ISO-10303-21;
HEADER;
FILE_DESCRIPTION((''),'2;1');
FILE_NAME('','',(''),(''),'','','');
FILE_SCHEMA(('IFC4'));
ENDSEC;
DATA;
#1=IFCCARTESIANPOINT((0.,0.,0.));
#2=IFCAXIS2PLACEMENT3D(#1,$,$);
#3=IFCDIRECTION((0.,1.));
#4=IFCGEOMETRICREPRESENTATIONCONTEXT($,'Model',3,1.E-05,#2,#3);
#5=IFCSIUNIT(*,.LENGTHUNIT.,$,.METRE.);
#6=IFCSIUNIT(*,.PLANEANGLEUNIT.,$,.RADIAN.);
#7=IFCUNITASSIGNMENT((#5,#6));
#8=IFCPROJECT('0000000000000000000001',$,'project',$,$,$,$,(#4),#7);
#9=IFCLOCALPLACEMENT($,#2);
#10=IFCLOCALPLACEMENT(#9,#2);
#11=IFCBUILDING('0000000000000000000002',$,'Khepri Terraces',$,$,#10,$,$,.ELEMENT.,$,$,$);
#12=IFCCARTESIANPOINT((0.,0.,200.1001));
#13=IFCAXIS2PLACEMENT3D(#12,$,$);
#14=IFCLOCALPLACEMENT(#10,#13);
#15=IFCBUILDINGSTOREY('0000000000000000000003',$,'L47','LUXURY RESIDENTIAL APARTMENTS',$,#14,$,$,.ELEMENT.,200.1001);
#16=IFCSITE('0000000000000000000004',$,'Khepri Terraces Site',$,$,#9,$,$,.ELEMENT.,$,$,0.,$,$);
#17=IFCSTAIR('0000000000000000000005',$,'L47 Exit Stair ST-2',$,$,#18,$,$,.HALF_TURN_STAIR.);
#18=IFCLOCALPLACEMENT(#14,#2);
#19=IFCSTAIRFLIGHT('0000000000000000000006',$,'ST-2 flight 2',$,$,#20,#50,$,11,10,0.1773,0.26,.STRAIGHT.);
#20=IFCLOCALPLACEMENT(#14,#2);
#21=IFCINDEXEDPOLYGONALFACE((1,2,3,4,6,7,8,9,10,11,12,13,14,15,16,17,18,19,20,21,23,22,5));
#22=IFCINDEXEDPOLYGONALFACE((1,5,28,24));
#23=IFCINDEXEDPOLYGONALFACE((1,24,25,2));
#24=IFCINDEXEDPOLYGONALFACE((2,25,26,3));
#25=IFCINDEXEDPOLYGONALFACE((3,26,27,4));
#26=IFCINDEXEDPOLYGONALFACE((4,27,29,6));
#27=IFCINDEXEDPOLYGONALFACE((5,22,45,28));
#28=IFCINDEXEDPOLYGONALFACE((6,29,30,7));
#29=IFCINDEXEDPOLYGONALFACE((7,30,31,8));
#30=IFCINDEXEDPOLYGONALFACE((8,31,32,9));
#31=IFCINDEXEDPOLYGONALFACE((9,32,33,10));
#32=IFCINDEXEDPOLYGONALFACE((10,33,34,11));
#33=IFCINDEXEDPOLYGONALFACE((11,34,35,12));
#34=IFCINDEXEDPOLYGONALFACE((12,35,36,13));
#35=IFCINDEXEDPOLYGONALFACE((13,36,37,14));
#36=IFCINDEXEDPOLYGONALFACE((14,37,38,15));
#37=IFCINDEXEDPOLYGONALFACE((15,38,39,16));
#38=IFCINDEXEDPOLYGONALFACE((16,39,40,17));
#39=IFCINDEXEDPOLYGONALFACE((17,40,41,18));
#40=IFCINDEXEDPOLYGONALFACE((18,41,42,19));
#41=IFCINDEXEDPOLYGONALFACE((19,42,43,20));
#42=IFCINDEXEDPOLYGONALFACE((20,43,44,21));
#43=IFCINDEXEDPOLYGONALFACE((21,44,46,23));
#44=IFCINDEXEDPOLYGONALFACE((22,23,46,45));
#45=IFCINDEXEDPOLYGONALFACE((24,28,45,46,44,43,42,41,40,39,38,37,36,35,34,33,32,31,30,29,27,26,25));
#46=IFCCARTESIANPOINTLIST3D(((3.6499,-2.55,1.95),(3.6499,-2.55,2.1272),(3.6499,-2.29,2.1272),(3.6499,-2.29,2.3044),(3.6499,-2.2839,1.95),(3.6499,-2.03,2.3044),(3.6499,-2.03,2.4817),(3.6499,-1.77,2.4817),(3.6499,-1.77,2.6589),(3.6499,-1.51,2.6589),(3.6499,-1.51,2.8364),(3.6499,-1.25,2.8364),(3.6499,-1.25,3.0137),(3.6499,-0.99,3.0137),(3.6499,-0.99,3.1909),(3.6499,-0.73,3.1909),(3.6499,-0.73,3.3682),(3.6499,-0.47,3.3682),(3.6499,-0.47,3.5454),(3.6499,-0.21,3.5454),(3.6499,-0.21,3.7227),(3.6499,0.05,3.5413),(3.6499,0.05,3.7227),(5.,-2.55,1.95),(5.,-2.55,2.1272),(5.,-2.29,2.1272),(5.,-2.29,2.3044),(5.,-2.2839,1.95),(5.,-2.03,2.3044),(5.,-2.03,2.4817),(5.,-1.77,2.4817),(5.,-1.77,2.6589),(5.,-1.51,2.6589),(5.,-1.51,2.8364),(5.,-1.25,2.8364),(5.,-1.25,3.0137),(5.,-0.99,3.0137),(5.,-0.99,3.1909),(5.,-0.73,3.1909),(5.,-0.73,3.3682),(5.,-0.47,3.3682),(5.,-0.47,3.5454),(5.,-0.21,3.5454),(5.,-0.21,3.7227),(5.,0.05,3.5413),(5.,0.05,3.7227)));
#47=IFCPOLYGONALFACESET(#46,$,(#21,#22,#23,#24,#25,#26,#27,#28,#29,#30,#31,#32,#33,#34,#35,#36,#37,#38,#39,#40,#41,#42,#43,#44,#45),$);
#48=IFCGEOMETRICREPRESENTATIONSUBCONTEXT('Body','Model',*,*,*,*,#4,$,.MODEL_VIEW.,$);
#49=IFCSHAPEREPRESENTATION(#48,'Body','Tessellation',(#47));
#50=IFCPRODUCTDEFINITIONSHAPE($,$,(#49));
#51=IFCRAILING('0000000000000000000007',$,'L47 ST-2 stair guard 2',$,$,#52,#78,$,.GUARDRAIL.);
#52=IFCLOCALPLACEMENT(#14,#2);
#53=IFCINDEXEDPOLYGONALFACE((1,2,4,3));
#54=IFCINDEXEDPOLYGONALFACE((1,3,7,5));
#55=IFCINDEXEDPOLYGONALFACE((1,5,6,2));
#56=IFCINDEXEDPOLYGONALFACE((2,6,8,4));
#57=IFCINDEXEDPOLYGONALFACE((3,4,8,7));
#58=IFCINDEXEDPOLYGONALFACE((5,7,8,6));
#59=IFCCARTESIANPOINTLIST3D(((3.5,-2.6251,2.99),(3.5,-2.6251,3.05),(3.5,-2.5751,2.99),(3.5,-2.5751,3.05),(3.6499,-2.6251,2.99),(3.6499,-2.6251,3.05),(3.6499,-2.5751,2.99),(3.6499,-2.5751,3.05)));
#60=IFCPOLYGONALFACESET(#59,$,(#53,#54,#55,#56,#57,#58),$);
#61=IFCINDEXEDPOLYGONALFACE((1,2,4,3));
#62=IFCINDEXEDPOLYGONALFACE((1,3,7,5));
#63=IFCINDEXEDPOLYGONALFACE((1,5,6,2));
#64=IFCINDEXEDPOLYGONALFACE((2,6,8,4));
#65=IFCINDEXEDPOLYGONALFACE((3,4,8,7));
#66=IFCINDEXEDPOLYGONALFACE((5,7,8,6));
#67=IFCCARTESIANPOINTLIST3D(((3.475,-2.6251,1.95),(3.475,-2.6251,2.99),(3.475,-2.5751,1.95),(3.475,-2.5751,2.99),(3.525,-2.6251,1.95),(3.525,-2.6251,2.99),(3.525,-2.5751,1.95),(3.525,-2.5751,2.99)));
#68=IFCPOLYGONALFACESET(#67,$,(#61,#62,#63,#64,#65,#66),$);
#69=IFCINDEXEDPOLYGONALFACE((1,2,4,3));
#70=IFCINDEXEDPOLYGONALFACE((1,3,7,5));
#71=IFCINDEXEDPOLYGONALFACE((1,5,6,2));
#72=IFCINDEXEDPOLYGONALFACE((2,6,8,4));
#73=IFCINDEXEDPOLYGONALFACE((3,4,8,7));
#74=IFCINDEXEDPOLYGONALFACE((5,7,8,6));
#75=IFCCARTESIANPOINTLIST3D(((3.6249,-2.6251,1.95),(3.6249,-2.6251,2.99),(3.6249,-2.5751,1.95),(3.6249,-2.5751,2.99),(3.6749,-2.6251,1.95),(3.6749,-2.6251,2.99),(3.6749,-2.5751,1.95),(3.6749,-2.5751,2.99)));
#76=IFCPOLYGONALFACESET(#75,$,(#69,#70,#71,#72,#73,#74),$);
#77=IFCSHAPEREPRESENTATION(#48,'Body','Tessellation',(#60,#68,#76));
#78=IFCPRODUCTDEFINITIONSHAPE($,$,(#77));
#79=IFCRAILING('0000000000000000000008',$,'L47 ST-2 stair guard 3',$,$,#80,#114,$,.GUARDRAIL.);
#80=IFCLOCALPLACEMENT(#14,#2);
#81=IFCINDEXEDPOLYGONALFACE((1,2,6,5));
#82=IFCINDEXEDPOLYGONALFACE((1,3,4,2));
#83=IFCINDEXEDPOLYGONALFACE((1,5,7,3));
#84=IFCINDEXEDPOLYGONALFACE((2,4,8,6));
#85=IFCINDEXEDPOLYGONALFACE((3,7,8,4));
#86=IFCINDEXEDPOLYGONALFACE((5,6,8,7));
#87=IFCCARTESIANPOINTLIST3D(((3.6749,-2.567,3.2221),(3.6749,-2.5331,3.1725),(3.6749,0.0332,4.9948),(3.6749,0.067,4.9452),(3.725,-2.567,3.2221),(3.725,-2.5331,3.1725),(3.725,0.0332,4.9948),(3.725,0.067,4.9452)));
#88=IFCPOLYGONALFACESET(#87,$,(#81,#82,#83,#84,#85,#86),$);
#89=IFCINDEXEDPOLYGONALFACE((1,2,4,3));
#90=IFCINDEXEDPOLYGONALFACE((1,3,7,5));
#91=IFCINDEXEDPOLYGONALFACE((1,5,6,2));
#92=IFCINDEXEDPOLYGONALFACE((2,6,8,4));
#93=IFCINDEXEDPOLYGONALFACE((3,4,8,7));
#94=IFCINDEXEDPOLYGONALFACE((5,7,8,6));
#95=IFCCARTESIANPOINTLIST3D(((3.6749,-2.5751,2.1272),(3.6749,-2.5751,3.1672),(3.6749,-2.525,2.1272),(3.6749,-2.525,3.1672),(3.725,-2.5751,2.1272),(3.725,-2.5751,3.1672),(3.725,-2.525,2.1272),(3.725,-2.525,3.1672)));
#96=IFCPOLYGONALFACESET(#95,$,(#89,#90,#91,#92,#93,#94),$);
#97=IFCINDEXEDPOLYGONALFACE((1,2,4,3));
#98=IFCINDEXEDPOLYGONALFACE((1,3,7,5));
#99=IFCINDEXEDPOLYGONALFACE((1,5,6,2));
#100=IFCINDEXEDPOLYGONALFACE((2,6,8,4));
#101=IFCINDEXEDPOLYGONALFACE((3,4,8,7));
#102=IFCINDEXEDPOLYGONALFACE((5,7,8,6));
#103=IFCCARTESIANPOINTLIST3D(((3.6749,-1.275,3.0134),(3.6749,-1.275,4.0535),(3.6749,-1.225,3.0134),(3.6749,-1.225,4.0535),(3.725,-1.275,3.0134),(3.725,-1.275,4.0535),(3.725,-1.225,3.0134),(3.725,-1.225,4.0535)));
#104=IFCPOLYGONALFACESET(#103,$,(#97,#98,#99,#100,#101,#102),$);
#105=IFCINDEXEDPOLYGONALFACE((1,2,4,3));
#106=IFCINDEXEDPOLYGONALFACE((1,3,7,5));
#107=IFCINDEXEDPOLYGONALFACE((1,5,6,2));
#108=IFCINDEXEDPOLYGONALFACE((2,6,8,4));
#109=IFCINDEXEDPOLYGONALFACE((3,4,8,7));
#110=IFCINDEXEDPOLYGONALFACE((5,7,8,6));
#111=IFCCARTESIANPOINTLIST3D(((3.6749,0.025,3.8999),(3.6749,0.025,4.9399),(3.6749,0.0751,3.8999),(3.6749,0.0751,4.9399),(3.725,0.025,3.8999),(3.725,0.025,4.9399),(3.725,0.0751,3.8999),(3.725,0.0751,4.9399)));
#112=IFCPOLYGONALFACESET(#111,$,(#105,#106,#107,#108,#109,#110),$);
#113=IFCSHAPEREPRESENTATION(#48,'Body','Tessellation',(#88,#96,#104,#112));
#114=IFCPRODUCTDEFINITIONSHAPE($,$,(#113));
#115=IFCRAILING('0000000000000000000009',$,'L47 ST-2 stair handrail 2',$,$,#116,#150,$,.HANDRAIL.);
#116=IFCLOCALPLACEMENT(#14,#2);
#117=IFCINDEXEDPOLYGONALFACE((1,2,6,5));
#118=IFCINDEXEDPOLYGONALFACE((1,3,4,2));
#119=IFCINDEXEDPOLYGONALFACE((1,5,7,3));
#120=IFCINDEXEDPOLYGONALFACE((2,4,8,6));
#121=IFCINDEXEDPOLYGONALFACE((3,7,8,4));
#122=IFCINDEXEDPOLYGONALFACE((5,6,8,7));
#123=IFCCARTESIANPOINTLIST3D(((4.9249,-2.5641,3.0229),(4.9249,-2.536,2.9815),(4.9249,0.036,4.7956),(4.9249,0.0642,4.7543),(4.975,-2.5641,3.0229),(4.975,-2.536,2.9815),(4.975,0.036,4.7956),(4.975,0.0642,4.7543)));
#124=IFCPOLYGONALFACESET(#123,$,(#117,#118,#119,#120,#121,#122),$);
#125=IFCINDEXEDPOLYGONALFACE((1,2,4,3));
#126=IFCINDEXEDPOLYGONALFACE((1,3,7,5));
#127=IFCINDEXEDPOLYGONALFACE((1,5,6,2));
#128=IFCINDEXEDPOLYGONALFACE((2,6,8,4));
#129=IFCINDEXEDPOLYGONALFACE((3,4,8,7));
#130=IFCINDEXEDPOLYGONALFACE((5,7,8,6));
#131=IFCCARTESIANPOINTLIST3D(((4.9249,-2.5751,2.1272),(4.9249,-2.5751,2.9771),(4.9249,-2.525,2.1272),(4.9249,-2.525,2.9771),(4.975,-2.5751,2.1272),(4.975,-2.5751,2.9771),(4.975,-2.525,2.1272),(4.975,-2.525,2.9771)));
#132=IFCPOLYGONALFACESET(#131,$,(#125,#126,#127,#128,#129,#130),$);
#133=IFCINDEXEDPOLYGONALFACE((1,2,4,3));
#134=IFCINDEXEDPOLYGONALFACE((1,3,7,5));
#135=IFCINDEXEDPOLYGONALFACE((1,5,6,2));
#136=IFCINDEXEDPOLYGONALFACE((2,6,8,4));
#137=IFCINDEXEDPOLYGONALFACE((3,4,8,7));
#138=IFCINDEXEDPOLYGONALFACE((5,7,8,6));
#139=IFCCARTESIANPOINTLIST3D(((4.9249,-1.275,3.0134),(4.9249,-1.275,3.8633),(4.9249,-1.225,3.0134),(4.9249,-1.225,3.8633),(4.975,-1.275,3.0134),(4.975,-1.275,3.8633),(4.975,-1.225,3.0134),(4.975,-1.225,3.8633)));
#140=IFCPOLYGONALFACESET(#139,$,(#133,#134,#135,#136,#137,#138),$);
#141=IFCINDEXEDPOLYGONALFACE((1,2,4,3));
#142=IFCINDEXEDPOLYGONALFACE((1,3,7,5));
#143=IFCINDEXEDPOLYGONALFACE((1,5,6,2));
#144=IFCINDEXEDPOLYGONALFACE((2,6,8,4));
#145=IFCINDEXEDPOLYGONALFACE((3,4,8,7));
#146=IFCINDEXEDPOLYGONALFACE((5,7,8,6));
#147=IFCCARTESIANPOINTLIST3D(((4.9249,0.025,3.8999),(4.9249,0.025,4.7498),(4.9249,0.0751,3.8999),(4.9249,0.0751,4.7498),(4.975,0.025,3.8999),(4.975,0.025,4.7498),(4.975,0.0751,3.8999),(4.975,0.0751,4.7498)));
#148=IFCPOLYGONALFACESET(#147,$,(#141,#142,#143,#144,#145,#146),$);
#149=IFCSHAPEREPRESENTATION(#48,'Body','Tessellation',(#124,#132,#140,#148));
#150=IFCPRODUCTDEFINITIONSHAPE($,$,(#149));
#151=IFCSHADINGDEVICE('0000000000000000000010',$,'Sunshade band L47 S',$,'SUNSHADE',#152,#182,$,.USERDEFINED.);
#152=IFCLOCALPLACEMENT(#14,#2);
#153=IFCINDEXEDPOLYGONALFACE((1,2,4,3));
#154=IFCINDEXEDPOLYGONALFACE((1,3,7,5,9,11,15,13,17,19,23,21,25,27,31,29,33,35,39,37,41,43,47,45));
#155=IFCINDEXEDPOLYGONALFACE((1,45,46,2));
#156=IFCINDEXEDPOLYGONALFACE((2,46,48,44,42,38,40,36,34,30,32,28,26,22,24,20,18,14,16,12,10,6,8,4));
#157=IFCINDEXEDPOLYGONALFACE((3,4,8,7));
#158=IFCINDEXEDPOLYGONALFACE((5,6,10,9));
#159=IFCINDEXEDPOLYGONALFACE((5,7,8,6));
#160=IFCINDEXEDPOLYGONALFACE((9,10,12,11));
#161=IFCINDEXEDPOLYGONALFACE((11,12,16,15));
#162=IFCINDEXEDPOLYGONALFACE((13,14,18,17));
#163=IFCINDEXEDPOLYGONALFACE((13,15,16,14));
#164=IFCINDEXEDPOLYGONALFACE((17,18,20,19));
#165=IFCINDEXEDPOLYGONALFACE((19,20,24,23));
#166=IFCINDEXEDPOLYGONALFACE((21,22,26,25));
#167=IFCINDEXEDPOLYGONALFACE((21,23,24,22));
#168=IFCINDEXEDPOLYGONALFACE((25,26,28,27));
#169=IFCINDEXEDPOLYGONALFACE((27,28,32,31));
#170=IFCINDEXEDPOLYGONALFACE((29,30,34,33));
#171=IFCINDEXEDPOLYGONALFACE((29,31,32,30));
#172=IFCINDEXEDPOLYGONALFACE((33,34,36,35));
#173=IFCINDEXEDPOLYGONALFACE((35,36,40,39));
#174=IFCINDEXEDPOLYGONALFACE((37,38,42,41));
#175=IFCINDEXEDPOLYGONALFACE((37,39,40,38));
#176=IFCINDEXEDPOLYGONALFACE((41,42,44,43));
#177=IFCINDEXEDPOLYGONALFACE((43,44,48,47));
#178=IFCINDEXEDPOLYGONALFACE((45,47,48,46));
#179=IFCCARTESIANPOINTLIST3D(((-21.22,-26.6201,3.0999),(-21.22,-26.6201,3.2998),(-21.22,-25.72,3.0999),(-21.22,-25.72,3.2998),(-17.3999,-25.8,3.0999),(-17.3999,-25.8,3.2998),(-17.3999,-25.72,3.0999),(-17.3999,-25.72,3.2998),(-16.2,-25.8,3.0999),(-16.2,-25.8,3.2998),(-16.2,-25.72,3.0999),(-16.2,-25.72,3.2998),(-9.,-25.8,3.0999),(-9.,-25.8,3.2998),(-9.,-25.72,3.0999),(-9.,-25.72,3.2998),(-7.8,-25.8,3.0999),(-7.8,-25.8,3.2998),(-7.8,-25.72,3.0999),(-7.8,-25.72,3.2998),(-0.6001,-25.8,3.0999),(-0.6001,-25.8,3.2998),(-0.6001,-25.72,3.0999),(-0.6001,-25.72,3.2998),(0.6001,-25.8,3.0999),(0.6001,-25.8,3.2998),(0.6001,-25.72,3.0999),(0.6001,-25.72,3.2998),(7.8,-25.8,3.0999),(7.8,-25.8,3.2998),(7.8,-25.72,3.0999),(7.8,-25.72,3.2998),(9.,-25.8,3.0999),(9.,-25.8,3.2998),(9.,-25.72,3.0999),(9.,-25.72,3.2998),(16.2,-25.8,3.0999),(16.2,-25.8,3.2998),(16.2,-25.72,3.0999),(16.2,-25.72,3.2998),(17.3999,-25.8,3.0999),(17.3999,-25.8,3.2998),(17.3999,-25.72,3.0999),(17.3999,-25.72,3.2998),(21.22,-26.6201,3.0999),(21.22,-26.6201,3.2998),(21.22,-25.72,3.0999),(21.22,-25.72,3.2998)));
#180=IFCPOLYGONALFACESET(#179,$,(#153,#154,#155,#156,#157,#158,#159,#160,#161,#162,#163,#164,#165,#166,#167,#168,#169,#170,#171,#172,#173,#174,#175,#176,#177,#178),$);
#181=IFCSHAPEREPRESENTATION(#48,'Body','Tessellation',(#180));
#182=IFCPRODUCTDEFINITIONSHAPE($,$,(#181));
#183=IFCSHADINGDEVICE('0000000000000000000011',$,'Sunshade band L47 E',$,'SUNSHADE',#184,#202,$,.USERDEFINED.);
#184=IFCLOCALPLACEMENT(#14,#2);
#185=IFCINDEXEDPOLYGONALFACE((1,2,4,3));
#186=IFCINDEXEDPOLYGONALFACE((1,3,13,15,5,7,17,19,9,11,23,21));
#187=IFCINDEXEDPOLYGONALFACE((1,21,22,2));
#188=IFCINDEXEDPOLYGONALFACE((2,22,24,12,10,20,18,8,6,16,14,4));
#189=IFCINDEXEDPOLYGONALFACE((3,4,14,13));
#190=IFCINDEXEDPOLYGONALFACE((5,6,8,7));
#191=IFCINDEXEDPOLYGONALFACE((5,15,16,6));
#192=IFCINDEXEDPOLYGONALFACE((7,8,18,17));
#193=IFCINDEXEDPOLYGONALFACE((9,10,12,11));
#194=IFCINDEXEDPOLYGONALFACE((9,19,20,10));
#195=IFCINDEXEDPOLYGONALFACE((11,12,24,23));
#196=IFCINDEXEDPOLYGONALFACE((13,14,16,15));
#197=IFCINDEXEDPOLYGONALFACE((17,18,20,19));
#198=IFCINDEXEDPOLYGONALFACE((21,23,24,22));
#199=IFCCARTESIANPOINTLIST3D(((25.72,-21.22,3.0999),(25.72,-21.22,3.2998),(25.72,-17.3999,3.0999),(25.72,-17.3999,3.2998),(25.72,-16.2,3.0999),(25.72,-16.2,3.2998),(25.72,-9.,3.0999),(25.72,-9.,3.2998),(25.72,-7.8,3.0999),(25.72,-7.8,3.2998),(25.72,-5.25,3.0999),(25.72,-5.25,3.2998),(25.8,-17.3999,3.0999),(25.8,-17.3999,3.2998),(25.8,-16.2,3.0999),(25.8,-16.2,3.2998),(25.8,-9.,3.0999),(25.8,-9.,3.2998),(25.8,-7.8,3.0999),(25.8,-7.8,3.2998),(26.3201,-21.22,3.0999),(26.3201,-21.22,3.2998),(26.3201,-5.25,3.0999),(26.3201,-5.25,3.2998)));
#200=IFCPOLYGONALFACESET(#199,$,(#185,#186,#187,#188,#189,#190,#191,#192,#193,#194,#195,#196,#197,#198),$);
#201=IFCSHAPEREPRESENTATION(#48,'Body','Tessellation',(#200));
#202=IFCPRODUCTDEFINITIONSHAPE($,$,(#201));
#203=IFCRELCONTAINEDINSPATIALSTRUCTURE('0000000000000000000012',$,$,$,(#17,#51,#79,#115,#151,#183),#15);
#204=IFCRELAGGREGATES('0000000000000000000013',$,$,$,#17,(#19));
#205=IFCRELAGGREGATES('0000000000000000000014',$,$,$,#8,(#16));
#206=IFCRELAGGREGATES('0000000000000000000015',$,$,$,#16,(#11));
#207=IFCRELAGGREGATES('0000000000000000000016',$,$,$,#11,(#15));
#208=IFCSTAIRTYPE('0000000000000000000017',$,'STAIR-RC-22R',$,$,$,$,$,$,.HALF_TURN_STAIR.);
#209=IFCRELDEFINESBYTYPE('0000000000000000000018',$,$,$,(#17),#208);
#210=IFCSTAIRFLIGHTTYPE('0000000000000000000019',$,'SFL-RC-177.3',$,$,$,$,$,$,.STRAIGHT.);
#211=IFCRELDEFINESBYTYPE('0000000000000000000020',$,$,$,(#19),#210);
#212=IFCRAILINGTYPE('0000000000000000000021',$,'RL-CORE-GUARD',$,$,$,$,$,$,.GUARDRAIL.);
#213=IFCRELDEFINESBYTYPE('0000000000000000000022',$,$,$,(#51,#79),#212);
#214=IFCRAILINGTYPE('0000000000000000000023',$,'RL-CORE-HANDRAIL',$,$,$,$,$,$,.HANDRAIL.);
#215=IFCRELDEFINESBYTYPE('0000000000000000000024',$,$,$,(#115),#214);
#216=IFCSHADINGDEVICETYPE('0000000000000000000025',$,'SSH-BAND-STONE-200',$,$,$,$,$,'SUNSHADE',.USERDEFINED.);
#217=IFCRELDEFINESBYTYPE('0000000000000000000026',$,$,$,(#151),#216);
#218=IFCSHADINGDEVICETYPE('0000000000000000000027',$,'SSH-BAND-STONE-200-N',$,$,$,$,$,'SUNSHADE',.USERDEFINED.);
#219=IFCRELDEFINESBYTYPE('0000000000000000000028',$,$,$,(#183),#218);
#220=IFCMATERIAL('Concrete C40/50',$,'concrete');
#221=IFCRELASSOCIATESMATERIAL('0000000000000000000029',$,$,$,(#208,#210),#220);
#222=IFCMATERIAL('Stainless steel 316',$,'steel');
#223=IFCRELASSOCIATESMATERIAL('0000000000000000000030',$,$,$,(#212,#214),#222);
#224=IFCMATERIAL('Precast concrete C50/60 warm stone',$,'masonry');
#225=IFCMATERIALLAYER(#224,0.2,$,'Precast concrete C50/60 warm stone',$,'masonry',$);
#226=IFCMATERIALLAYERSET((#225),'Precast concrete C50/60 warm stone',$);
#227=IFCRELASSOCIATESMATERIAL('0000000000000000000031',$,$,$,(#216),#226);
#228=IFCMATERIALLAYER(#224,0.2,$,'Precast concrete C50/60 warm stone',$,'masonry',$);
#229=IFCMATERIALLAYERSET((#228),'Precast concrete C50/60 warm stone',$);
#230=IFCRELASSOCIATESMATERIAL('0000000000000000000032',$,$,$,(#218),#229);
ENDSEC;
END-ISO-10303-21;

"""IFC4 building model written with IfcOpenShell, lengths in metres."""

from ifc_helpers import new_model, si_unit, direction, frame, origin, origin_2d, place, context, subcontext, project, spatial, polyline, rectangle, outline, extrude, material, layer, layer_set, type_object, element, aggregate, save


model = new_model("IFC4")

# Units and contexts
model_context = context("Model", 3, precision=1e-05, world=origin(), true_north=direction((0.0, 1.0)))
body_context = subcontext(model_context, "Body", "Model", "MODEL_VIEW")
ifc_project = project(units=[si_unit("LENGTHUNIT", "METRE"), si_unit("PLANEANGLEUNIT", "RADIAN")], contexts=[model_context])

# Site, building, storey
site_placement = place(None, origin())
site = spatial("IfcSite", under=ifc_project, at=site_placement, Name="Khepri Terraces Site", CompositionType="ELEMENT", RefElevation=0.0)
building_placement = place(site_placement, origin())
building = spatial("IfcBuilding", under=site, at=building_placement, Name="Khepri Terraces", CompositionType="ELEMENT")
storey_placement = place(building_placement, frame((0.0, 0.0, 200.1001)))
storey = spatial("IfcBuildingStorey", under=building, at=storey_placement, Name="L47", Description="LUXURY RESIDENTIAL APARTMENTS", CompositionType="ELEMENT", Elevation=200.1001)

# Shared definitions
ifc_material_1 = material(Name="Precast concrete C50/60 warm stone", Category="masonry")

# Stair, stair flight
ifc_material_2 = material(Name="Concrete C40/50", Category="concrete")
stair_type = type_object("IfcStairType", Name="STAIR-RC-22R", PredefinedType="HALF_TURN_STAIR", material=ifc_material_2)
stair_placement = place(storey_placement, origin())
stair = element("IfcStair", 1, at=stair_placement, inside=storey, type_object=stair_type, Name="L47 Exit Stair ST-2", PredefinedType="HALF_TURN_STAIR")
stair_flight_type = type_object("IfcStairFlightType", Name="SFL-RC-177.3", PredefinedType="STRAIGHT", material=ifc_material_2)
stair_flight_placement = place(storey_placement, frame((4.325, -2.55, 1.95), z_axis=(0.0, 0.0, 1.0), x_axis=(0.0, 1.0, 0.0)))
stair_flight = element("IfcStairFlight", 2, at=stair_flight_placement, type_object=stair_flight_type, Name="ST-2 flight 2", NumberOfRisers=11, NumberOfTreads=10, PredefinedType="STRAIGHT", RiserHeight=0.1773, TreadLength=0.26, context=body_context, shape_type="SweptSolid", body=[
    extrude(outline(polyline([(0.0, 0.0), (0.0, 0.1772), (0.26, 0.1772), (0.26, 0.3545), (0.52, 0.3545), (0.52, 0.5317), (0.78, 0.5317), (0.78, 0.709), (1.04, 0.709), (1.04, 0.8865), (1.3, 0.8865), (1.3, 1.0637), (1.5601, 1.0637), (1.5601, 1.241), (1.8201, 1.241), (1.8201, 1.4182), (2.0801, 1.4182), (2.0801, 1.5955), (2.3401, 1.5955), (2.3401, 1.7727), (2.6001, 1.7727), (2.6001, 1.95), (2.6001, 1.5913), (0.2661, 0.0), (0.0, 0.0)])), frame((0.0, 0.675, 0.0), z_axis=(0.0, -1.0, 0.0), x_axis=(1.0, 0.0, 0.0)), (0.0, 0.0, 1.0), 1.3501),
])
aggregate(stair, [stair_flight])

# Railings
ifc_material_3 = material(Name="Stainless steel 316", Category="steel")
railing_type_1 = type_object("IfcRailingType", Name="RL-CORE-GUARD", PredefinedType="GUARDRAIL", material=ifc_material_3)
railing_1_placement = place(storey_placement, frame((3.5, -2.6001, 1.95)))
element("IfcRailing", 3, at=railing_1_placement, inside=storey, type_object=railing_type_1, Name="L47 ST-2 stair guard 2", PredefinedType="GUARDRAIL", context=body_context, shape_type="SweptSolid", body=[
    extrude(rectangle(XDim=0.05, YDim=0.0601, at=origin_2d()), frame((0.0, 0.0, 1.0701), z_axis=(1.0, 0.0, 0.0), x_axis=(0.0, 1.0, 0.0)), (0.0, 0.0, 1.0), 0.1499),
    extrude(rectangle(XDim=0.05, YDim=0.05, at=origin_2d()), origin(), (0.0, 0.0, 1.0), 1.04),
    extrude(rectangle(XDim=0.05, YDim=0.05, at=origin_2d()), frame((0.1499, 0.0, 0.0)), (0.0, 0.0, 1.0), 1.04),
])
railing_2_placement = place(storey_placement, frame((3.7, -2.55, 2.1272)))
element("IfcRailing", 4, at=railing_2_placement, inside=storey, type_object=railing_type_1, Name="L47 ST-2 stair guard 3", PredefinedType="GUARDRAIL", context=body_context, shape_type="SweptSolid", body=[
    extrude(rectangle(XDim=0.05, YDim=0.0601, at=origin_2d()), frame((0.0, 0.0, 1.0701), z_axis=(0.0, 0.82624, 0.563318), x_axis=(-1.0, 0.0, 0.0)), (0.0, 0.0, 1.0), 3.147),
    extrude(rectangle(XDim=0.05, YDim=0.05, at=origin_2d()), origin(), (0.0, 0.0, 1.0), 1.04),
    extrude(rectangle(XDim=0.05, YDim=0.05, at=origin_2d()), frame((0.0, 1.3, 0.8862)), (0.0, 0.0, 1.0), 1.04),
    extrude(rectangle(XDim=0.05, YDim=0.05, at=origin_2d()), frame((0.0, 2.6001, 1.7727)), (0.0, 0.0, 1.0), 1.04),
])
railing_type_2 = type_object("IfcRailingType", Name="RL-CORE-HANDRAIL", PredefinedType="HANDRAIL", material=ifc_material_3)
railing_3_placement = place(storey_placement, frame((4.95, -2.55, 2.1272)))
element("IfcRailing", 5, at=railing_3_placement, inside=storey, type_object=railing_type_2, Name="L47 ST-2 stair handrail 2", PredefinedType="HANDRAIL", context=body_context, shape_type="SweptSolid", body=[
    extrude(rectangle(XDim=0.05, YDim=0.05, at=origin_2d()), frame((0.0, 0.0, 0.875), z_axis=(0.0, 0.82624, 0.563318), x_axis=(-1.0, 0.0, 0.0)), (0.0, 0.0, 1.0), 3.147),
    extrude(rectangle(XDim=0.05, YDim=0.05, at=origin_2d()), origin(), (0.0, 0.0, 1.0), 0.8499),
    extrude(rectangle(XDim=0.05, YDim=0.05, at=origin_2d()), frame((0.0, 1.3, 0.8862)), (0.0, 0.0, 1.0), 0.8499),
    extrude(rectangle(XDim=0.05, YDim=0.05, at=origin_2d()), frame((0.0, 2.6001, 1.7727)), (0.0, 0.0, 1.0), 0.8499),
])

# Shading devices
ifc_layer_1 = layer(ifc_material_1, 0.2, Name="Precast concrete C50/60 warm stone", Category="masonry")
ifc_layer_set_1 = layer_set([ifc_layer_1], Name="Precast concrete C50/60 warm stone")
shading_device_type_1 = type_object("IfcShadingDeviceType", Name="SSH-BAND-STONE-200", ElementType="SUNSHADE", PredefinedType="USERDEFINED", material=ifc_layer_set_1)
shading_device_1_placement = place(storey_placement, frame((0.0, 0.0, 3.0999)))
element("IfcShadingDevice", 6, at=shading_device_1_placement, inside=storey, type_object=shading_device_type_1, Name="Sunshade band L47 S", ObjectType="SUNSHADE", PredefinedType="USERDEFINED", context=body_context, shape_type="SweptSolid", body=[
    extrude(outline(polyline([(-17.3999, -25.72), (-21.22, -25.72), (-21.22, -26.6201), (21.22, -26.6201), (21.22, -25.72), (17.3999, -25.72), (17.3999, -25.8), (16.2, -25.8), (16.2, -25.72), (9.0, -25.72), (9.0, -25.8), (7.8, -25.8), (7.8, -25.72), (0.6001, -25.72), (0.6001, -25.8), (-0.6001, -25.8), (-0.6001, -25.72), (-7.8, -25.72), (-7.8, -25.8), (-9.0, -25.8), (-9.0, -25.72), (-16.2, -25.72), (-16.2, -25.8), (-17.3999, -25.8), (-17.3999, -25.72)])), origin(), (0.0, 0.0, 1.0), 0.2),
])
ifc_layer_2 = layer(ifc_material_1, 0.2, Name="Precast concrete C50/60 warm stone", Category="masonry")
ifc_layer_set_2 = layer_set([ifc_layer_2], Name="Precast concrete C50/60 warm stone")
shading_device_type_2 = type_object("IfcShadingDeviceType", Name="SSH-BAND-STONE-200-N", ElementType="SUNSHADE", PredefinedType="USERDEFINED", material=ifc_layer_set_2)
shading_device_2_placement = place(storey_placement, frame((0.0, 0.0, 3.0999)))
element("IfcShadingDevice", 7, at=shading_device_2_placement, inside=storey, type_object=shading_device_type_2, Name="Sunshade band L47 E", ObjectType="SUNSHADE", PredefinedType="USERDEFINED", context=body_context, shape_type="SweptSolid", body=[
    extrude(outline(polyline([(25.72, -17.3999), (25.72, -21.22), (26.3201, -21.22), (26.3201, -5.25), (25.72, -5.25), (25.72, -7.8), (25.8, -7.8), (25.8, -9.0), (25.72, -9.0), (25.72, -16.2), (25.8, -16.2), (25.8, -17.3999), (25.72, -17.3999)])), origin(), (0.0, 0.0, 1.0), 0.2),
])

save(model, "model.ifc")
